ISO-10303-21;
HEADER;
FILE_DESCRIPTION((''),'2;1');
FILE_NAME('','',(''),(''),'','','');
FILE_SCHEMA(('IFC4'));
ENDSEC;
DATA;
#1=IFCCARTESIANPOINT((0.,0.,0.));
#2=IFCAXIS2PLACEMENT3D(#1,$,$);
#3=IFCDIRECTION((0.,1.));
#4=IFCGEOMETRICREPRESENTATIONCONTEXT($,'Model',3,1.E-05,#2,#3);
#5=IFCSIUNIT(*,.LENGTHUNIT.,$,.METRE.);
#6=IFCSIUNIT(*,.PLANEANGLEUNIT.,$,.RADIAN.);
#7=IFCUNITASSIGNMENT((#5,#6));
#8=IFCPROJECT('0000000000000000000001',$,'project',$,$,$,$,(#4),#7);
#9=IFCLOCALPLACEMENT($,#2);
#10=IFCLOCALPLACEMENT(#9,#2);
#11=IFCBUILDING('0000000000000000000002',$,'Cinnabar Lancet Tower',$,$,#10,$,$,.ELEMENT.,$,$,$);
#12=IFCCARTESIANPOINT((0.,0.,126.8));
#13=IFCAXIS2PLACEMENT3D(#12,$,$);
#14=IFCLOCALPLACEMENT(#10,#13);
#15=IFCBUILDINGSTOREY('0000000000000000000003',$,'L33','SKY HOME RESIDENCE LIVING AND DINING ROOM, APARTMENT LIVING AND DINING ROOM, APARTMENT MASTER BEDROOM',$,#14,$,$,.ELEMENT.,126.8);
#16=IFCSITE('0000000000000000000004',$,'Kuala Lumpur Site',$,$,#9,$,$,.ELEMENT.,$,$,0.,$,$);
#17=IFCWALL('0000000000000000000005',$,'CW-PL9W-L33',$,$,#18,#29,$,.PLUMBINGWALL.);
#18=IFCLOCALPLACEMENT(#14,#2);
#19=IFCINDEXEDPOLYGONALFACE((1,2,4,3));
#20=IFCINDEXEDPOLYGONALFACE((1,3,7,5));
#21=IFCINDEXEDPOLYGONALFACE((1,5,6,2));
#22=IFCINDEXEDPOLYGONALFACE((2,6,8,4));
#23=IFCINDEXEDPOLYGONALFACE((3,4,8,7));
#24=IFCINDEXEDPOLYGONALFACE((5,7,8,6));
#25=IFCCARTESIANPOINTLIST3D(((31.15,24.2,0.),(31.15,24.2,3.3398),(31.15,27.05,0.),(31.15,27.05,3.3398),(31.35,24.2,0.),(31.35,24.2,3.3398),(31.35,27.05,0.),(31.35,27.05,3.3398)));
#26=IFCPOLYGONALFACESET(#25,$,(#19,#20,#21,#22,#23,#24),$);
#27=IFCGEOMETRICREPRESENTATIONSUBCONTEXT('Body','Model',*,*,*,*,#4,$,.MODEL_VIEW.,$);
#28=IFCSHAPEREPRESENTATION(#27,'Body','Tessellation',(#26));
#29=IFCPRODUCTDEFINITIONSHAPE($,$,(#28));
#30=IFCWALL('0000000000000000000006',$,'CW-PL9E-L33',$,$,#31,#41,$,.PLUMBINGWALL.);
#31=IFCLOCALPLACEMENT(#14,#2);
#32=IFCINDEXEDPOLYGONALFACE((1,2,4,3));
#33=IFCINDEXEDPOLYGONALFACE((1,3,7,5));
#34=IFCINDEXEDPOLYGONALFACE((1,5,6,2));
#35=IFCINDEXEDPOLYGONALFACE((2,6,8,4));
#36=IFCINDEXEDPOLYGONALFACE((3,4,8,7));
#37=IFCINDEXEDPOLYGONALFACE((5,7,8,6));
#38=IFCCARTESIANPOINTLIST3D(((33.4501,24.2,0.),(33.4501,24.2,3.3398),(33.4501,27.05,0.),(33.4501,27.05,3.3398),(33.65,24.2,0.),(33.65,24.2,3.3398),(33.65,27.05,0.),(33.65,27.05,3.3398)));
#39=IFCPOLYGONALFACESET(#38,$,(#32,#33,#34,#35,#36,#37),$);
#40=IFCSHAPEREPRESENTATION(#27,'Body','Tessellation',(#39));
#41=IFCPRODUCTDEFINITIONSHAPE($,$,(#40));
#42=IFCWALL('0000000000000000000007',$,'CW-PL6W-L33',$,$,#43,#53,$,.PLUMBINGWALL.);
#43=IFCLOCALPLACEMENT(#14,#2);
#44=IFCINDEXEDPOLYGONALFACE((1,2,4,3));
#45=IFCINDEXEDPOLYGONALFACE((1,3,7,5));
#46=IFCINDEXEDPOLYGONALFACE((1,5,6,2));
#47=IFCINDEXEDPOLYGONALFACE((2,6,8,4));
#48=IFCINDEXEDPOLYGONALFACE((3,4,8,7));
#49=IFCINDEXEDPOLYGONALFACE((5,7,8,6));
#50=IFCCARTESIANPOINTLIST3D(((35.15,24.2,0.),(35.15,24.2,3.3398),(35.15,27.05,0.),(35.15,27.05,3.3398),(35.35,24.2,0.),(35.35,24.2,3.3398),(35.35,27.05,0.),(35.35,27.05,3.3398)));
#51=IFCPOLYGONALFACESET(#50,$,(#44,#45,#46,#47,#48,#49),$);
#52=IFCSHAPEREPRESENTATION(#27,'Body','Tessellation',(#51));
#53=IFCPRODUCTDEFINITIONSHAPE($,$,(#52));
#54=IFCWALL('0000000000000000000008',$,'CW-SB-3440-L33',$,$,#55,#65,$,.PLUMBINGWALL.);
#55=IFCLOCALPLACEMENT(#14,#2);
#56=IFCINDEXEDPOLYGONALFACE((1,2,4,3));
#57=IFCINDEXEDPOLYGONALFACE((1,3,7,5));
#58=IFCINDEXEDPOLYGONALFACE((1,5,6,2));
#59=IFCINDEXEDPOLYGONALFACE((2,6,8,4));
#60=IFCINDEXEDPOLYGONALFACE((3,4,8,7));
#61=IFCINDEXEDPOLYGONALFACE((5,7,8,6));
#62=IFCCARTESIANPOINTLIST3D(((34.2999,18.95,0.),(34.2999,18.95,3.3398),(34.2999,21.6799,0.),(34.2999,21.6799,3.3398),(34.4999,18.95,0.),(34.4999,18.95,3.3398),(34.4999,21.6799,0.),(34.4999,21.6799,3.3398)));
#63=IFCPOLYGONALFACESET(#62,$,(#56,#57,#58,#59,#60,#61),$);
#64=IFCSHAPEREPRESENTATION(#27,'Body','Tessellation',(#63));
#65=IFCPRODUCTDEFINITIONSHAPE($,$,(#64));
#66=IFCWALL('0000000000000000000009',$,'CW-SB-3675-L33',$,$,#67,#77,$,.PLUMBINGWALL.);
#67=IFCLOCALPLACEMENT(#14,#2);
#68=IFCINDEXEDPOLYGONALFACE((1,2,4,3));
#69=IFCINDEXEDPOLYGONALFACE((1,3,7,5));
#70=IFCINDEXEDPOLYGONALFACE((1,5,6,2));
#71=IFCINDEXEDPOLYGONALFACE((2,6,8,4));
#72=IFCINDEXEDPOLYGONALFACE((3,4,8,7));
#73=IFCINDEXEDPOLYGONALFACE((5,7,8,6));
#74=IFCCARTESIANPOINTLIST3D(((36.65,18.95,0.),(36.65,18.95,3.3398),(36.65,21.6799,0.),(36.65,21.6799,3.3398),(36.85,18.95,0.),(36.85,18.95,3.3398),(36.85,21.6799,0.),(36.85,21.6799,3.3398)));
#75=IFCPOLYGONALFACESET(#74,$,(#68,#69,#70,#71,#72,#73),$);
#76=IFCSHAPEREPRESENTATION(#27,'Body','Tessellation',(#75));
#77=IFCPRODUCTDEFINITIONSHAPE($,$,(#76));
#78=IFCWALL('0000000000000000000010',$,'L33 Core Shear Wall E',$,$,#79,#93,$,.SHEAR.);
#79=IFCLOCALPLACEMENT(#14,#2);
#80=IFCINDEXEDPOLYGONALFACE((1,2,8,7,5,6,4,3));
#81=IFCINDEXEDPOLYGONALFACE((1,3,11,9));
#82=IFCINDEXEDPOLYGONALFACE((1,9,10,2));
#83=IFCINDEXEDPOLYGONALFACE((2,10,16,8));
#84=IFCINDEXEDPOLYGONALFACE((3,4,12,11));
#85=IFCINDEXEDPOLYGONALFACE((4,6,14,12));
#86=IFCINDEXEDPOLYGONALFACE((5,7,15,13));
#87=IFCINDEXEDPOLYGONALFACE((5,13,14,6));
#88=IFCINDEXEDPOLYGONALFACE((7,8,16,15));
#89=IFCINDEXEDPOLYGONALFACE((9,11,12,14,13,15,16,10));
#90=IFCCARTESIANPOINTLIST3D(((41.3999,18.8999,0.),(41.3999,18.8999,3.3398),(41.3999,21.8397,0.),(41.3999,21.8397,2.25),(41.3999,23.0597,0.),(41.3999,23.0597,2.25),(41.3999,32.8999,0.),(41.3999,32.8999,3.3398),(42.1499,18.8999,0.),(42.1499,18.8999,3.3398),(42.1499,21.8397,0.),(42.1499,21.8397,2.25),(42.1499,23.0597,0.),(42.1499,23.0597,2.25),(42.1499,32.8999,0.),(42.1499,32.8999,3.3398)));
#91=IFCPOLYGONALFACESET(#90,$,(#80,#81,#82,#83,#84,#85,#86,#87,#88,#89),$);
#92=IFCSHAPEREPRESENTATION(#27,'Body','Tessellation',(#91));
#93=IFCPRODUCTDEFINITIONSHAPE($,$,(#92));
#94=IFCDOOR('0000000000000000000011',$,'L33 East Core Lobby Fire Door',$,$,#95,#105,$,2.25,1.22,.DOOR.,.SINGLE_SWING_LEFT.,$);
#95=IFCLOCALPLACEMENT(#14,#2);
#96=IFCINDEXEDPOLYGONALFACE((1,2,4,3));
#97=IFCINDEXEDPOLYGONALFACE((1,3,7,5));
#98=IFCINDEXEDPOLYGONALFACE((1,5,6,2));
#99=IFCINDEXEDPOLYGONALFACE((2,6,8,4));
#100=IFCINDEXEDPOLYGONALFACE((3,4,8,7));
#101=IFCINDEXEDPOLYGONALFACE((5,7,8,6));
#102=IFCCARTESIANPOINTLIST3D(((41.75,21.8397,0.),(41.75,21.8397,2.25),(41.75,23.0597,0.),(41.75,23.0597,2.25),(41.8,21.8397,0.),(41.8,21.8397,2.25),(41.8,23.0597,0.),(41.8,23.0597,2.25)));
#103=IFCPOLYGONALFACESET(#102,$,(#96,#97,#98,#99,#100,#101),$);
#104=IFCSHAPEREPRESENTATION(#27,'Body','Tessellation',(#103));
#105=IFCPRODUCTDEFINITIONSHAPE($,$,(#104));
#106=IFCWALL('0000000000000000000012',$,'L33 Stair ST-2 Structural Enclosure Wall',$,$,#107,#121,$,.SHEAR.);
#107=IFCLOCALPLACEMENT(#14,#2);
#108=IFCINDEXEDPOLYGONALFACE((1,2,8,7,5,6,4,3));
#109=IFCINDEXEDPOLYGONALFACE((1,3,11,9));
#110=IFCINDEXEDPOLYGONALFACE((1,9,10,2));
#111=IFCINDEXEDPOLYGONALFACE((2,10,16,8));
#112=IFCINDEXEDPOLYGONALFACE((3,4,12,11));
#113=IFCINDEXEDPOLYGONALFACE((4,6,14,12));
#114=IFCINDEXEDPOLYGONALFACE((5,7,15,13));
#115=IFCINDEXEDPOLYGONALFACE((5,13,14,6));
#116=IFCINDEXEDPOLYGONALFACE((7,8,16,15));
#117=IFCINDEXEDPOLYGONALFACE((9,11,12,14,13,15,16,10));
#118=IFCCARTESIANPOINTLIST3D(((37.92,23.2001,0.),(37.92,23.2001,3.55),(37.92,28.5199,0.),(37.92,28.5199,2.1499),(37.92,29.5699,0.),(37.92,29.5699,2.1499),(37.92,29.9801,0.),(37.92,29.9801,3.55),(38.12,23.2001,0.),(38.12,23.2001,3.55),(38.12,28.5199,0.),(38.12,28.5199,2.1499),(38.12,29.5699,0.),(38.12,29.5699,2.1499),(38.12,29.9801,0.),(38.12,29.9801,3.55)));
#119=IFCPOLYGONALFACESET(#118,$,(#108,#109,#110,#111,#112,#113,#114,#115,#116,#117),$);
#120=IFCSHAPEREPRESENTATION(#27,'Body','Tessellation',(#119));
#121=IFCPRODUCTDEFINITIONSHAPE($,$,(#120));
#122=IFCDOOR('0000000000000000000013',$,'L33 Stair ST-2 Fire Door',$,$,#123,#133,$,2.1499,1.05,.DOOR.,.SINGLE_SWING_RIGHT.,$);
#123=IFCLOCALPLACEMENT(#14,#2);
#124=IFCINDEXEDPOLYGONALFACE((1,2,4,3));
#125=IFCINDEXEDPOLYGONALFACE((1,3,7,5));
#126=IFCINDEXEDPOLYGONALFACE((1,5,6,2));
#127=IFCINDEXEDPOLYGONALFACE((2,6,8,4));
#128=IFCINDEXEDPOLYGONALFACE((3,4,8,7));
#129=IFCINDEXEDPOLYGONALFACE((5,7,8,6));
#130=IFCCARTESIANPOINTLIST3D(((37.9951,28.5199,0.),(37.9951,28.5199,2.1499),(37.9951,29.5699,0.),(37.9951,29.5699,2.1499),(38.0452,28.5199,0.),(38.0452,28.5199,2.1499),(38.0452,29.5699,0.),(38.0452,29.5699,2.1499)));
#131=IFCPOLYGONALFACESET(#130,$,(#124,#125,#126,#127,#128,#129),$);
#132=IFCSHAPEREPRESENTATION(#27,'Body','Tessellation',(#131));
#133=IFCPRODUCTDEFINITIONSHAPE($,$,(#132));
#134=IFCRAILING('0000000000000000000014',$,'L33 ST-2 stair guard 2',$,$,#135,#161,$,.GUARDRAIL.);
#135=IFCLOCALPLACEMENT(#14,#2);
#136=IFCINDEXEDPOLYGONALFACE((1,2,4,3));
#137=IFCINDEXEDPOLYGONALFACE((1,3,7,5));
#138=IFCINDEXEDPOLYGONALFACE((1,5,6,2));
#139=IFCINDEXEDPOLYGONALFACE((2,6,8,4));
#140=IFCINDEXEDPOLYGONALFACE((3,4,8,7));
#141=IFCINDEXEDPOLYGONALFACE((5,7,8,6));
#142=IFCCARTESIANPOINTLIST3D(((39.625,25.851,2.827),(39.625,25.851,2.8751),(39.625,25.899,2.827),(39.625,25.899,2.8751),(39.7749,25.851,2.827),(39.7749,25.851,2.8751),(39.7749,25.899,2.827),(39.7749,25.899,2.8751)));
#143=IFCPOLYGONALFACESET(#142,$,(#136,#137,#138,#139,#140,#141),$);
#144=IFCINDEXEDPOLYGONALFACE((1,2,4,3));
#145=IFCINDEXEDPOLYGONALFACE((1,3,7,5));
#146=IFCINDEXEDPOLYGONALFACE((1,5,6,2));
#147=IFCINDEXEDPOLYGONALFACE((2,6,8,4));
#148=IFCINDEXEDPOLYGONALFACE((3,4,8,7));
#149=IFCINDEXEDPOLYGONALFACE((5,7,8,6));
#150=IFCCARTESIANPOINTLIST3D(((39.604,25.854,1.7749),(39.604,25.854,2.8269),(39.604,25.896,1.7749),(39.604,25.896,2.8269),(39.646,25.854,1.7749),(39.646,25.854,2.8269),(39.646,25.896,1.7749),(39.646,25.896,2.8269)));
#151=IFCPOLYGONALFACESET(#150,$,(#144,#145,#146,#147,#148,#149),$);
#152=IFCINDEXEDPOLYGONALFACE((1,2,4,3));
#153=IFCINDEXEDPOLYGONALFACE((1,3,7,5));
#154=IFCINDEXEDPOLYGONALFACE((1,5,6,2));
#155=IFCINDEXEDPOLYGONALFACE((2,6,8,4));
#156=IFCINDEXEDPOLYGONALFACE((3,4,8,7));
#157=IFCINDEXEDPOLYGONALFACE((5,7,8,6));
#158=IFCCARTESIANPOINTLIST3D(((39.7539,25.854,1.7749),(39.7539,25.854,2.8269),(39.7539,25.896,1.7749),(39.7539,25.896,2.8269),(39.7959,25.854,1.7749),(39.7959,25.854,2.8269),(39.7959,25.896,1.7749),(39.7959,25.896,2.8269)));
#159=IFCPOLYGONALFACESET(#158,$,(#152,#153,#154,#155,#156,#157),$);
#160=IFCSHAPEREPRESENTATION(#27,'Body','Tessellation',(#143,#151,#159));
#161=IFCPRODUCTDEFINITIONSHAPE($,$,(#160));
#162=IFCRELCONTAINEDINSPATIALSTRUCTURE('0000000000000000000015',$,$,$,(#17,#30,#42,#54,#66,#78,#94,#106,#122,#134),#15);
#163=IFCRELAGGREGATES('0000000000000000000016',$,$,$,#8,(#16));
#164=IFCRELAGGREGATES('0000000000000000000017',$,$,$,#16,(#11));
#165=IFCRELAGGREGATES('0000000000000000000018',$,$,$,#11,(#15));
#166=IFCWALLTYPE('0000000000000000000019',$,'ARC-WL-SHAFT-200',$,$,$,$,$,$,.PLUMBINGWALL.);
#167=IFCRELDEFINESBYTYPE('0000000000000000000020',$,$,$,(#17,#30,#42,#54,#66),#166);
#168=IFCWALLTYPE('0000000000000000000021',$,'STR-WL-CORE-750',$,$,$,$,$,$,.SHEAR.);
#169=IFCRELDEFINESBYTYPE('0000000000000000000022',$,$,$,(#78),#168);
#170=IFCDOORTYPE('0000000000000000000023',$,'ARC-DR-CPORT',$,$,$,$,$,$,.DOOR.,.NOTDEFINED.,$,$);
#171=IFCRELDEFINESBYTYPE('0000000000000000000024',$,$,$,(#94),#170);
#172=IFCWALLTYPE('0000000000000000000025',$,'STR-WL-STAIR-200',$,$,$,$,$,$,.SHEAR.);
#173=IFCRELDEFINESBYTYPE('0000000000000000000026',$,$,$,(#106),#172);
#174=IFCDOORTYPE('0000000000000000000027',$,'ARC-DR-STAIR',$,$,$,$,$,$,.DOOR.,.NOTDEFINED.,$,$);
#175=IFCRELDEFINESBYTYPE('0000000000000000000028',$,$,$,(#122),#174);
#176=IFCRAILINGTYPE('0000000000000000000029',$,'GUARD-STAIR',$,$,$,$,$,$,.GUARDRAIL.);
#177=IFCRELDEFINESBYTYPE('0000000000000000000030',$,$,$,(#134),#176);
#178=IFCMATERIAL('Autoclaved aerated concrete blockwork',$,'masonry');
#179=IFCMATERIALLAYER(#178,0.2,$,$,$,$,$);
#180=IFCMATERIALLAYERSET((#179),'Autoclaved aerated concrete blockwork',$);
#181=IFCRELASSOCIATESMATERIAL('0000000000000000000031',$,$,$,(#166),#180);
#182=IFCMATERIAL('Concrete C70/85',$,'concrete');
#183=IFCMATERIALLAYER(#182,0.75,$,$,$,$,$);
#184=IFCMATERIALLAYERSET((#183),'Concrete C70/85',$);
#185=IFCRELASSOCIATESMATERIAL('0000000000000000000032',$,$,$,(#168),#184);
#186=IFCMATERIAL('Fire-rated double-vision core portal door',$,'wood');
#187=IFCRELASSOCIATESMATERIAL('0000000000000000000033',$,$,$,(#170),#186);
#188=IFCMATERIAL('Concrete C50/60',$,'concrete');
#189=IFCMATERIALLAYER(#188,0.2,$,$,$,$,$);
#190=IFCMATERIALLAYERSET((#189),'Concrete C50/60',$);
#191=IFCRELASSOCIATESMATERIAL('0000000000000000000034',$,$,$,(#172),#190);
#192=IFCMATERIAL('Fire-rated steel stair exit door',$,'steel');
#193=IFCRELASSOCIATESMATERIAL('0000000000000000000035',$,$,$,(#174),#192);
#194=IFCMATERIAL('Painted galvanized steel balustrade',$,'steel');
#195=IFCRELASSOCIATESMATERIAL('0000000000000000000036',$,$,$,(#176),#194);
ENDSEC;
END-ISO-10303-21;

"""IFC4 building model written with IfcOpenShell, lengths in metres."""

from ifc_helpers import new_model, si_unit, direction, frame, frame_2d, origin, origin_2d, place, context, subcontext, project, spatial, rectangle, extrude, material, layer, layer_set, type_object, element, fill, save


model = new_model("IFC4")

# Units and contexts
model_context = context("Model", 3, precision=1e-05, world=origin(), true_north=direction((0.0, 1.0)))
body_context = subcontext(model_context, "Body", "Model", "MODEL_VIEW")
ifc_project = project(units=[si_unit("LENGTHUNIT", "METRE"), si_unit("PLANEANGLEUNIT", "RADIAN")], contexts=[model_context])

# Site, building, storey
site_placement = place(None, origin())
site = spatial("IfcSite", under=ifc_project, at=site_placement, Name="Kuala Lumpur Site", CompositionType="ELEMENT", RefElevation=0.0)
building_placement = place(site_placement, origin())
building = spatial("IfcBuilding", under=site, at=building_placement, Name="Cinnabar Lancet Tower", CompositionType="ELEMENT")
storey_placement = place(building_placement, frame((0.0, 0.0, 126.8)))
storey = spatial("IfcBuildingStorey", under=building, at=storey_placement, Name="L33", Description="SKY HOME RESIDENCE LIVING AND DINING ROOM, APARTMENT LIVING AND DINING ROOM, APARTMENT MASTER BEDROOM", CompositionType="ELEMENT", Elevation=126.8)

# Shared definitions
ifc_material_1 = material(Name="Autoclaved aerated concrete blockwork", Category="masonry")
ifc_layer_1 = layer(ifc_material_1, 0.2)
ifc_layer_set_1 = layer_set([ifc_layer_1], Name="Autoclaved aerated concrete blockwork")
wall_type_1 = type_object("IfcWallType", Name="ARC-WL-SHAFT-200", PredefinedType="PLUMBINGWALL", material=ifc_layer_set_1)

# Walls
for number, where, z_axis, x_axis, name in (
    (1, (31.25, 24.2, 0.0), (0.0, 0.0, 1.0), (0.0, 1.0, 0.0), "CW-PL9W-L33"),
    (2, (33.55, 24.2, 0.0), (0.0, 0.0, 1.0), (0.0, 1.0, 0.0), "CW-PL9E-L33"),
    (3, (35.25, 24.2, 0.0), (0.0, 0.0, 1.0), (0.0, 1.0, 0.0), "CW-PL6W-L33"),
):
    element("IfcWall", number, at=place(storey_placement, frame(where, z_axis=z_axis, x_axis=x_axis)), inside=storey, type_object=wall_type_1, Name=name, PredefinedType="PLUMBINGWALL", context=body_context, shape_type="SweptSolid", body=[
        extrude(rectangle(XDim=2.8501, YDim=0.2, at=frame_2d((1.425, 0.0))), origin(), (0.0, 0.0, 1.0), 3.3398),
    ])
for number, where, z_axis, x_axis, name in (
    (4, (34.3999, 18.95, 0.0), (0.0, 0.0, 1.0), (0.0, 1.0, 0.0), "CW-SB-3440-L33"),
    (5, (36.75, 18.95, 0.0), (0.0, 0.0, 1.0), (0.0, 1.0, 0.0), "CW-SB-3675-L33"),
):
    element("IfcWall", number, at=place(storey_placement, frame(where, z_axis=z_axis, x_axis=x_axis)), inside=storey, type_object=wall_type_1, Name=name, PredefinedType="PLUMBINGWALL", context=body_context, shape_type="SweptSolid", body=[
        extrude(rectangle(XDim=2.73, YDim=0.2, at=frame_2d((1.365, 0.0))), origin(), (0.0, 0.0, 1.0), 3.3398),
    ])

# Walls, openings, doors
ifc_material_2 = material(Name="Concrete C70/85", Category="concrete")
ifc_layer_2 = layer(ifc_material_2, 0.75)
ifc_layer_set_2 = layer_set([ifc_layer_2], Name="Concrete C70/85")
wall_type_2 = type_object("IfcWallType", Name="STR-WL-CORE-750", PredefinedType="SHEAR", material=ifc_layer_set_2)
wall_1_placement = place(storey_placement, frame((41.7749, 18.8999, 0.0), z_axis=(0.0, 0.0, 1.0), x_axis=(0.0, 1.0, 0.0)))
wall_1 = element("IfcWall", 6, at=wall_1_placement, inside=storey, type_object=wall_type_2, Name="L33 Core Shear Wall E", PredefinedType="SHEAR", context=body_context, shape_type="SweptSolid", body=[
    extrude(rectangle(XDim=14.0, YDim=0.75, at=frame_2d((7.0, 0.0))), origin(), (0.0, 0.0, 1.0), 3.3398),
])
opening_1_placement = place(wall_1_placement, frame((2.9399, 0.0, 0.0)))
opening_1 = element("IfcOpeningElement", 7, at=opening_1_placement, cuts=wall_1, PredefinedType="OPENING", context=body_context, shape_type="SweptSolid", body=[
    extrude(rectangle(XDim=1.22, YDim=2.25, at=frame_2d((0.6099, 1.125))), frame((0.0, 0.385, 0.0), z_axis=(0.0, -1.0, 0.0), x_axis=(1.0, 0.0, 0.0)), (0.0, 0.0, 1.0), 0.77),
])
ifc_material_3 = material(Name="Fire-rated double-vision core portal door", Category="wood")
door_type_1 = type_object("IfcDoorType", Name="ARC-DR-CPORT", OperationType="NOTDEFINED", PredefinedType="DOOR", material=ifc_material_3)
door_1_placement = place(opening_1_placement, origin())
door_1 = element("IfcDoor", 8, at=door_1_placement, inside=storey, type_object=door_type_1, Name="L33 East Core Lobby Fire Door", OperationType="SINGLE_SWING_LEFT", OverallHeight=2.25, OverallWidth=1.22, PredefinedType="DOOR", context=body_context, shape_type="SweptSolid", body=[
    extrude(rectangle(XDim=1.22, YDim=2.25, at=frame_2d((0.6099, 1.125))), frame((0.0, 0.0249, 0.0), z_axis=(0.0, -1.0, 0.0), x_axis=(1.0, 0.0, 0.0)), (0.0, 0.0, 1.0), 0.05),
])
fill(opening_1, door_1)
ifc_material_4 = material(Name="Concrete C50/60", Category="concrete")
ifc_layer_3 = layer(ifc_material_4, 0.2)
ifc_layer_set_3 = layer_set([ifc_layer_3], Name="Concrete C50/60")
wall_type_3 = type_object("IfcWallType", Name="STR-WL-STAIR-200", PredefinedType="SHEAR", material=ifc_layer_set_3)
wall_2_placement = place(storey_placement, frame((38.02, 23.2, 0.0), z_axis=(0.0, 0.0, 1.0), x_axis=(0.0, 1.0, 0.0)))
wall_2 = element("IfcWall", 9, at=wall_2_placement, inside=storey, type_object=wall_type_3, Name="L33 Stair ST-2 Structural Enclosure Wall", PredefinedType="SHEAR", context=body_context, shape_type="SweptSolid", body=[
    extrude(rectangle(XDim=6.78, YDim=0.2, at=frame_2d((3.3901, 0.0))), origin(), (0.0, 0.0, 1.0), 3.55),
])
opening_2_placement = place(wall_2_placement, frame((5.3201, 0.0, 0.0)))
opening_2 = element("IfcOpeningElement", 10, at=opening_2_placement, cuts=wall_2, PredefinedType="OPENING", context=body_context, shape_type="SweptSolid", body=[
    extrude(rectangle(XDim=1.05, YDim=2.1499, at=frame_2d((0.5249, 1.075))), frame((0.0, 0.1099, 0.0), z_axis=(0.0, -1.0, 0.0), x_axis=(1.0, 0.0, 0.0)), (0.0, 0.0, 1.0), 0.22),
])
ifc_material_5 = material(Name="Fire-rated steel stair exit door", Category="steel")
door_type_2 = type_object("IfcDoorType", Name="ARC-DR-STAIR", OperationType="NOTDEFINED", PredefinedType="DOOR", material=ifc_material_5)
door_2_placement = place(opening_2_placement, origin())
door_2 = element("IfcDoor", 11, at=door_2_placement, inside=storey, type_object=door_type_2, Name="L33 Stair ST-2 Fire Door", OperationType="SINGLE_SWING_RIGHT", OverallHeight=2.1499, OverallWidth=1.05, PredefinedType="DOOR", context=body_context, shape_type="SweptSolid", body=[
    extrude(rectangle(XDim=1.05, YDim=2.1499, at=frame_2d((0.5249, 1.075))), frame((0.0, 0.0249, 0.0), z_axis=(0.0, -1.0, 0.0), x_axis=(1.0, 0.0, 0.0)), (0.0, 0.0, 1.0), 0.05),
])
fill(opening_2, door_2)

# Railing
ifc_material_6 = material(Name="Painted galvanized steel balustrade", Category="steel")
railing_type = type_object("IfcRailingType", Name="GUARD-STAIR", PredefinedType="GUARDRAIL", material=ifc_material_6)
railing_placement = place(storey_placement, frame((39.625, 25.875, 1.7749)))
element("IfcRailing", 12, at=railing_placement, inside=storey, type_object=railing_type, Name="L33 ST-2 stair guard 2", PredefinedType="GUARDRAIL", context=body_context, shape_type="SweptSolid", body=[
    extrude(rectangle(XDim=0.0481, YDim=0.0481, at=origin_2d()), frame((0.0, 0.0, 1.0762), z_axis=(1.0, 0.0, 0.0), x_axis=(0.0, 1.0, 0.0)), (0.0, 0.0, 1.0), 0.1499),
    extrude(rectangle(XDim=0.042, YDim=0.042, at=origin_2d()), origin(), (0.0, 0.0, 1.0), 1.052),
    extrude(rectangle(XDim=0.042, YDim=0.042, at=origin_2d()), frame((0.1499, 0.0, 0.0)), (0.0, 0.0, 1.0), 1.052),
])

save(model, "model.ifc")
